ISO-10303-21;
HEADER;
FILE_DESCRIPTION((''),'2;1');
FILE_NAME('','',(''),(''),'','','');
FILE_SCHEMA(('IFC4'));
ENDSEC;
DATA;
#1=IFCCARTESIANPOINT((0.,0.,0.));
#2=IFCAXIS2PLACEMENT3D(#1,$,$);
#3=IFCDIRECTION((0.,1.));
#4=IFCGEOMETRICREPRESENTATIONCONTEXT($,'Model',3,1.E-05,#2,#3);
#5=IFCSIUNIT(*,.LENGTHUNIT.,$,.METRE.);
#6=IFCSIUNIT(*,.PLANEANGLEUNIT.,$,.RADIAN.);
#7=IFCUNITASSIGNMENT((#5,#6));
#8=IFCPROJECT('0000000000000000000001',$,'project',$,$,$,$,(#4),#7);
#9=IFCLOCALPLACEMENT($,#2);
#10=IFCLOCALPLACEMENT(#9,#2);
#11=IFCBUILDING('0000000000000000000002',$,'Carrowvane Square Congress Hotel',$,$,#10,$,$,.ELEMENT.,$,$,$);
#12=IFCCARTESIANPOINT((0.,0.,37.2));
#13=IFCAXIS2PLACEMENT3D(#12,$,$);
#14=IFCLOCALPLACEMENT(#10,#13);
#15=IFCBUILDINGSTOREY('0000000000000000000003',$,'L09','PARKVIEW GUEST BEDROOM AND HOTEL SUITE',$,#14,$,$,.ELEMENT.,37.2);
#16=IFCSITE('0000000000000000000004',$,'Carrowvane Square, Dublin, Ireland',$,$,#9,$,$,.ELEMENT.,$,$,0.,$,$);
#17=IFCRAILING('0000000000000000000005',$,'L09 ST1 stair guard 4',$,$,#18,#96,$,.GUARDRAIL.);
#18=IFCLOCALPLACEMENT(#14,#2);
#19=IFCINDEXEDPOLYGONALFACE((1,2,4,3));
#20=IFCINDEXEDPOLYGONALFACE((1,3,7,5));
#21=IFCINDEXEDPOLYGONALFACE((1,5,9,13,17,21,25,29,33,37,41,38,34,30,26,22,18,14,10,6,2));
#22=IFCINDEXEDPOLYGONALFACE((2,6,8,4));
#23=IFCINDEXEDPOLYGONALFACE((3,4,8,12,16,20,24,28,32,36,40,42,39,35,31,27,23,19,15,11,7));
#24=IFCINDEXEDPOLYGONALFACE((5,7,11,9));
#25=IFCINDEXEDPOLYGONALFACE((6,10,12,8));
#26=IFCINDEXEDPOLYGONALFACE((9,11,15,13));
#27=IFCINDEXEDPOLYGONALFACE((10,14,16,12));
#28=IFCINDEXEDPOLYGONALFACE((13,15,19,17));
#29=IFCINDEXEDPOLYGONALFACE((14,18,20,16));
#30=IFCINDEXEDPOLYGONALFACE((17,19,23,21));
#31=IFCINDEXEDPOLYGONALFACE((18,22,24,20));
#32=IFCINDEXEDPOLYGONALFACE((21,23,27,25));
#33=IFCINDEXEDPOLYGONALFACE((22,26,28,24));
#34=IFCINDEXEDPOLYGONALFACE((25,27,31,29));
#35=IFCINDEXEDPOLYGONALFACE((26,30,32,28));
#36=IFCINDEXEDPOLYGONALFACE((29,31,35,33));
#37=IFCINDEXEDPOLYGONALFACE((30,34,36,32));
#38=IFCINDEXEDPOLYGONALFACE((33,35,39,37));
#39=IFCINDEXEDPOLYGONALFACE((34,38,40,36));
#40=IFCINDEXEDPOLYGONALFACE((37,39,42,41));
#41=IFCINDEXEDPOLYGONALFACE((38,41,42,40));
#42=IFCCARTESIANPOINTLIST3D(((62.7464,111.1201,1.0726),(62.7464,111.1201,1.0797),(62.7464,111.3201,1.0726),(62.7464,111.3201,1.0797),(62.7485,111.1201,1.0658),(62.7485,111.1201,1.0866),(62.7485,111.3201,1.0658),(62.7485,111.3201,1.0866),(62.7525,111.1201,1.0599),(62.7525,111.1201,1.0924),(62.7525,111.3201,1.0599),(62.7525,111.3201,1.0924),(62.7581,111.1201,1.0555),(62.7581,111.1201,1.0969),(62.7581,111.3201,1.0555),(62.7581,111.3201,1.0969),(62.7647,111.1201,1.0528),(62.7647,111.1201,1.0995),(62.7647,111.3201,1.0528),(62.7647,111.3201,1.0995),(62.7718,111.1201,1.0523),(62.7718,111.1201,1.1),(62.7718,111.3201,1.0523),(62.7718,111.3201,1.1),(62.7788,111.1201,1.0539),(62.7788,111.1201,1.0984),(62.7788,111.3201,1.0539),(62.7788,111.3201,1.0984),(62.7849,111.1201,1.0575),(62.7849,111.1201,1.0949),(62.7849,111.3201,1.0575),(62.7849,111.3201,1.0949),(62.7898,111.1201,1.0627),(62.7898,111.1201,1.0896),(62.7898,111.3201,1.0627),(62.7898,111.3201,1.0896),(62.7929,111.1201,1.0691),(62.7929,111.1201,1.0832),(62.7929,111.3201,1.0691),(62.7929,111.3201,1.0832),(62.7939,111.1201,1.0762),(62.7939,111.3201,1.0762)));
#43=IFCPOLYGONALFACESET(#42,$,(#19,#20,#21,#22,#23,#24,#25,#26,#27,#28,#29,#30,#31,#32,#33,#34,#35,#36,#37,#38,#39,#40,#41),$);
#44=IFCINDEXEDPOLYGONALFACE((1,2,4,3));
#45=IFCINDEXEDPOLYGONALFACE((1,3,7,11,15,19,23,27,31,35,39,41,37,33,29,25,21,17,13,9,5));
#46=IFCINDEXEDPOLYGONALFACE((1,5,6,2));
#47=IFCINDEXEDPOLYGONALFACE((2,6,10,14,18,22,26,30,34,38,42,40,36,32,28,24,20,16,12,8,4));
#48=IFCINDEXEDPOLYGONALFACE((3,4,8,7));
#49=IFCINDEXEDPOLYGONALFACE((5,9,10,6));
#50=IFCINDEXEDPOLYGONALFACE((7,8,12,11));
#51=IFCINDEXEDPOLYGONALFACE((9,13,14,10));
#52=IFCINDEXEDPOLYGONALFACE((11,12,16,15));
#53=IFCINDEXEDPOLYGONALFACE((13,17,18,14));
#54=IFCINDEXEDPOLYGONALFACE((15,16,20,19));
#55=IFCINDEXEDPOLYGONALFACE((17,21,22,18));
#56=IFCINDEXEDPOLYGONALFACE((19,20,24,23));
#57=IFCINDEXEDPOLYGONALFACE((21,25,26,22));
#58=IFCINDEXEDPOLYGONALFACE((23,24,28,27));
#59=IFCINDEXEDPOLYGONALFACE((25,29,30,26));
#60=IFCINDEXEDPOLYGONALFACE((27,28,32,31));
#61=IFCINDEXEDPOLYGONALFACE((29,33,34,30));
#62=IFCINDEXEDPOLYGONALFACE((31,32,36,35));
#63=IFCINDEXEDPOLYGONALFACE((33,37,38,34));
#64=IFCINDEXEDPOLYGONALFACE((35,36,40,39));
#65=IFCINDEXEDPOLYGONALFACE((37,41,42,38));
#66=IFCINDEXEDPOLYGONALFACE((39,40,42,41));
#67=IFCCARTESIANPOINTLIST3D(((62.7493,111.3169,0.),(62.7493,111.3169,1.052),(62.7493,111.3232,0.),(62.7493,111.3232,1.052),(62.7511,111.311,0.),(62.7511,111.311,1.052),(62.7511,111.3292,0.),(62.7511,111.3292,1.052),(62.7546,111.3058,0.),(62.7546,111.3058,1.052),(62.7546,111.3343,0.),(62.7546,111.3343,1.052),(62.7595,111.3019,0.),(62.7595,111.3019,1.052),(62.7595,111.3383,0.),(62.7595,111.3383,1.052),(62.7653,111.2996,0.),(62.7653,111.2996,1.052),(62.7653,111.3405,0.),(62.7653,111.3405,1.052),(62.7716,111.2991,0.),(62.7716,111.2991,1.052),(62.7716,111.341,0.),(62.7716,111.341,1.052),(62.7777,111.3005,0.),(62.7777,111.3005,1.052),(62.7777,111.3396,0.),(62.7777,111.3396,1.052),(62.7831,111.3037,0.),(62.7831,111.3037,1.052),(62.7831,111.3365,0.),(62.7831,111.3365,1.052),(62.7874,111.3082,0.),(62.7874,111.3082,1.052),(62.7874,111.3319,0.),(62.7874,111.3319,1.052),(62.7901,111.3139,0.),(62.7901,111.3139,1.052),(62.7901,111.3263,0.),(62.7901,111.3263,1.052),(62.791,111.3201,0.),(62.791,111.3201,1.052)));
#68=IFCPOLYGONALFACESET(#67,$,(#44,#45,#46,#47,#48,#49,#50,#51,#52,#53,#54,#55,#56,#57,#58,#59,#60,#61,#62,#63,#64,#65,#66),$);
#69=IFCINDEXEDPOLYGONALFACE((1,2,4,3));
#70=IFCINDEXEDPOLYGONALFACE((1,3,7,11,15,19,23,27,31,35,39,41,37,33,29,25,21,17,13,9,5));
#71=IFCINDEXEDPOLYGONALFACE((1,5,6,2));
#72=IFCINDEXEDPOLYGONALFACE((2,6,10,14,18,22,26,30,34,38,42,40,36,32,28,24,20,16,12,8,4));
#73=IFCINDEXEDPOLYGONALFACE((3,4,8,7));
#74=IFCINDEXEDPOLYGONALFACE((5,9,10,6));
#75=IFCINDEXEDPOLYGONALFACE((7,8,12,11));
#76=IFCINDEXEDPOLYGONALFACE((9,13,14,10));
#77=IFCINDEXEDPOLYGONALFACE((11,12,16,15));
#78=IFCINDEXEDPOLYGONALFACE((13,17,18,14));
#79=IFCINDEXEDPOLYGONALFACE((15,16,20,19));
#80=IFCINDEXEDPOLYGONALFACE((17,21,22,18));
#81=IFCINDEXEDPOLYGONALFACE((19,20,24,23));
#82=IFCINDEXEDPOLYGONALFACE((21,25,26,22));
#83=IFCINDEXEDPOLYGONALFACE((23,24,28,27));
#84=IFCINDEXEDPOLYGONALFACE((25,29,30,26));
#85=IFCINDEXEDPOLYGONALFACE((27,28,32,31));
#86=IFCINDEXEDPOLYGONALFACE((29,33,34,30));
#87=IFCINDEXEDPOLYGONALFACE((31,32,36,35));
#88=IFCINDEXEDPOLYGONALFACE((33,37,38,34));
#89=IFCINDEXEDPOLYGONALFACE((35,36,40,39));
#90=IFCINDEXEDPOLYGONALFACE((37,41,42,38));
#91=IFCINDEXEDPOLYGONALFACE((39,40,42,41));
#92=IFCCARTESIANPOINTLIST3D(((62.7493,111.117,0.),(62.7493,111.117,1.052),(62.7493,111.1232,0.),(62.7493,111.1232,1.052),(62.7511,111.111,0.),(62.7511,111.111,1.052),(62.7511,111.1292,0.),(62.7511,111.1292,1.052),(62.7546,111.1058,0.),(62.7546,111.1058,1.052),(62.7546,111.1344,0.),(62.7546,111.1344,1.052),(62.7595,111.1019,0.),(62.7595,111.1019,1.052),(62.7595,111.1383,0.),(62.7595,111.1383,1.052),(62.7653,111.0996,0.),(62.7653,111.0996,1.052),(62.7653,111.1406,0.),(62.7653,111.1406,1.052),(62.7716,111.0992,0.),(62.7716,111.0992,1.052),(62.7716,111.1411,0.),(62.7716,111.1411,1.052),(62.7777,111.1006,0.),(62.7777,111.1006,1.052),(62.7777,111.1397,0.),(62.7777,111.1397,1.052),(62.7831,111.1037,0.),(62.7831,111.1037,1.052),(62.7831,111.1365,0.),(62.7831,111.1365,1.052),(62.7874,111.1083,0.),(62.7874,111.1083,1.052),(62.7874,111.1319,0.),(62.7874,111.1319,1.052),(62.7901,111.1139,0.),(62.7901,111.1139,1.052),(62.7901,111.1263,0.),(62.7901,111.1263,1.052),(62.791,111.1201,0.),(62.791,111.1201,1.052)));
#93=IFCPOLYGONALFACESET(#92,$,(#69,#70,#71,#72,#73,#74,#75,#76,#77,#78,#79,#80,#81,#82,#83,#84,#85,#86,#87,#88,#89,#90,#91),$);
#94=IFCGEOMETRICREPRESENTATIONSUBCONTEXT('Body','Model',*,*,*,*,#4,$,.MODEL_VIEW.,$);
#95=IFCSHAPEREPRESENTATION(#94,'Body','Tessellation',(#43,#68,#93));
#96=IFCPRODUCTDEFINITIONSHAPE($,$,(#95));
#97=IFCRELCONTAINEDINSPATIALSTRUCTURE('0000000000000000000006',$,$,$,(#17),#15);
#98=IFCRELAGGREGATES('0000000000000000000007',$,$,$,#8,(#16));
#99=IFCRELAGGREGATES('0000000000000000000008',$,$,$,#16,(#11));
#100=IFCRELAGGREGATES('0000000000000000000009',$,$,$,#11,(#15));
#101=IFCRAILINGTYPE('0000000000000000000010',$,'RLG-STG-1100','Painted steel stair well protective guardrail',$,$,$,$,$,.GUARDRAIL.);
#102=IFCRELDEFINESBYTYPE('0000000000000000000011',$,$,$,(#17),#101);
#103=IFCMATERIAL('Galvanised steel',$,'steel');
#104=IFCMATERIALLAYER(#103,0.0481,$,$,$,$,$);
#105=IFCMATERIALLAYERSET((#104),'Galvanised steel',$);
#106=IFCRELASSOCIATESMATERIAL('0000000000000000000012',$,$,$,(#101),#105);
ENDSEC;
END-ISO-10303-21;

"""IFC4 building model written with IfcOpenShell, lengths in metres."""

from ifc_helpers import new_model, si_unit, direction, frame, origin, origin_2d, place, context, subcontext, project, spatial, circle, extrude, material, layer, layer_set, type_object, element, save


model = new_model("IFC4")

# Units and contexts
model_context = context("Model", 3, precision=1e-05, world=origin(), true_north=direction((0.0, 1.0)))
body_context = subcontext(model_context, "Body", "Model", "MODEL_VIEW")
ifc_project = project(units=[si_unit("LENGTHUNIT", "METRE"), si_unit("PLANEANGLEUNIT", "RADIAN")], contexts=[model_context])

# Site, building, storey
site_placement = place(None, origin())
site = spatial("IfcSite", under=ifc_project, at=site_placement, Name="Carrowvane Square, Dublin, Ireland", CompositionType="ELEMENT", RefElevation=0.0)
building_placement = place(site_placement, origin())
building = spatial("IfcBuilding", under=site, at=building_placement, Name="Carrowvane Square Congress Hotel", CompositionType="ELEMENT")
storey_placement = place(building_placement, frame((0.0, 0.0, 37.2)))
storey = spatial("IfcBuildingStorey", under=building, at=storey_placement, Name="L09", Description="PARKVIEW GUEST BEDROOM AND HOTEL SUITE", CompositionType="ELEMENT", Elevation=37.2)

# Railing
ifc_material_1 = material(Name="Galvanised steel", Category="steel")
ifc_layer_1 = layer(ifc_material_1, 0.0481)
ifc_layer_set_1 = layer_set([ifc_layer_1], Name="Galvanised steel")
railing_type_1 = type_object("IfcRailingType", Name="RLG-STG-1100", Description="Painted steel stair well protective guardrail", PredefinedType="GUARDRAIL", material=ifc_layer_set_1)
railing_1_placement = place(storey_placement, frame((62.77, 111.3201, 0.0)))
element("IfcRailing", 1, at=railing_1_placement, inside=storey, type_object=railing_type_1, Name="L09 ST1 stair guard 4", PredefinedType="GUARDRAIL", context=body_context, shape_type="SweptSolid", body=[
    extrude(circle(Radius=0.0239, at=origin_2d()), frame((0.0, 0.0, 1.0762), z_axis=(0.0, -1.0, 0.0), x_axis=(1.0, 0.0, 0.0)), (0.0, 0.0, 1.0), 0.2),
    extrude(circle(Radius=0.021, at=origin_2d()), origin(), (0.0, 0.0, 1.0), 1.052),
    extrude(circle(Radius=0.021, at=origin_2d()), frame((0.0, -0.2, 0.0)), (0.0, 0.0, 1.0), 1.052),
])

save(model, "model.ifc")
